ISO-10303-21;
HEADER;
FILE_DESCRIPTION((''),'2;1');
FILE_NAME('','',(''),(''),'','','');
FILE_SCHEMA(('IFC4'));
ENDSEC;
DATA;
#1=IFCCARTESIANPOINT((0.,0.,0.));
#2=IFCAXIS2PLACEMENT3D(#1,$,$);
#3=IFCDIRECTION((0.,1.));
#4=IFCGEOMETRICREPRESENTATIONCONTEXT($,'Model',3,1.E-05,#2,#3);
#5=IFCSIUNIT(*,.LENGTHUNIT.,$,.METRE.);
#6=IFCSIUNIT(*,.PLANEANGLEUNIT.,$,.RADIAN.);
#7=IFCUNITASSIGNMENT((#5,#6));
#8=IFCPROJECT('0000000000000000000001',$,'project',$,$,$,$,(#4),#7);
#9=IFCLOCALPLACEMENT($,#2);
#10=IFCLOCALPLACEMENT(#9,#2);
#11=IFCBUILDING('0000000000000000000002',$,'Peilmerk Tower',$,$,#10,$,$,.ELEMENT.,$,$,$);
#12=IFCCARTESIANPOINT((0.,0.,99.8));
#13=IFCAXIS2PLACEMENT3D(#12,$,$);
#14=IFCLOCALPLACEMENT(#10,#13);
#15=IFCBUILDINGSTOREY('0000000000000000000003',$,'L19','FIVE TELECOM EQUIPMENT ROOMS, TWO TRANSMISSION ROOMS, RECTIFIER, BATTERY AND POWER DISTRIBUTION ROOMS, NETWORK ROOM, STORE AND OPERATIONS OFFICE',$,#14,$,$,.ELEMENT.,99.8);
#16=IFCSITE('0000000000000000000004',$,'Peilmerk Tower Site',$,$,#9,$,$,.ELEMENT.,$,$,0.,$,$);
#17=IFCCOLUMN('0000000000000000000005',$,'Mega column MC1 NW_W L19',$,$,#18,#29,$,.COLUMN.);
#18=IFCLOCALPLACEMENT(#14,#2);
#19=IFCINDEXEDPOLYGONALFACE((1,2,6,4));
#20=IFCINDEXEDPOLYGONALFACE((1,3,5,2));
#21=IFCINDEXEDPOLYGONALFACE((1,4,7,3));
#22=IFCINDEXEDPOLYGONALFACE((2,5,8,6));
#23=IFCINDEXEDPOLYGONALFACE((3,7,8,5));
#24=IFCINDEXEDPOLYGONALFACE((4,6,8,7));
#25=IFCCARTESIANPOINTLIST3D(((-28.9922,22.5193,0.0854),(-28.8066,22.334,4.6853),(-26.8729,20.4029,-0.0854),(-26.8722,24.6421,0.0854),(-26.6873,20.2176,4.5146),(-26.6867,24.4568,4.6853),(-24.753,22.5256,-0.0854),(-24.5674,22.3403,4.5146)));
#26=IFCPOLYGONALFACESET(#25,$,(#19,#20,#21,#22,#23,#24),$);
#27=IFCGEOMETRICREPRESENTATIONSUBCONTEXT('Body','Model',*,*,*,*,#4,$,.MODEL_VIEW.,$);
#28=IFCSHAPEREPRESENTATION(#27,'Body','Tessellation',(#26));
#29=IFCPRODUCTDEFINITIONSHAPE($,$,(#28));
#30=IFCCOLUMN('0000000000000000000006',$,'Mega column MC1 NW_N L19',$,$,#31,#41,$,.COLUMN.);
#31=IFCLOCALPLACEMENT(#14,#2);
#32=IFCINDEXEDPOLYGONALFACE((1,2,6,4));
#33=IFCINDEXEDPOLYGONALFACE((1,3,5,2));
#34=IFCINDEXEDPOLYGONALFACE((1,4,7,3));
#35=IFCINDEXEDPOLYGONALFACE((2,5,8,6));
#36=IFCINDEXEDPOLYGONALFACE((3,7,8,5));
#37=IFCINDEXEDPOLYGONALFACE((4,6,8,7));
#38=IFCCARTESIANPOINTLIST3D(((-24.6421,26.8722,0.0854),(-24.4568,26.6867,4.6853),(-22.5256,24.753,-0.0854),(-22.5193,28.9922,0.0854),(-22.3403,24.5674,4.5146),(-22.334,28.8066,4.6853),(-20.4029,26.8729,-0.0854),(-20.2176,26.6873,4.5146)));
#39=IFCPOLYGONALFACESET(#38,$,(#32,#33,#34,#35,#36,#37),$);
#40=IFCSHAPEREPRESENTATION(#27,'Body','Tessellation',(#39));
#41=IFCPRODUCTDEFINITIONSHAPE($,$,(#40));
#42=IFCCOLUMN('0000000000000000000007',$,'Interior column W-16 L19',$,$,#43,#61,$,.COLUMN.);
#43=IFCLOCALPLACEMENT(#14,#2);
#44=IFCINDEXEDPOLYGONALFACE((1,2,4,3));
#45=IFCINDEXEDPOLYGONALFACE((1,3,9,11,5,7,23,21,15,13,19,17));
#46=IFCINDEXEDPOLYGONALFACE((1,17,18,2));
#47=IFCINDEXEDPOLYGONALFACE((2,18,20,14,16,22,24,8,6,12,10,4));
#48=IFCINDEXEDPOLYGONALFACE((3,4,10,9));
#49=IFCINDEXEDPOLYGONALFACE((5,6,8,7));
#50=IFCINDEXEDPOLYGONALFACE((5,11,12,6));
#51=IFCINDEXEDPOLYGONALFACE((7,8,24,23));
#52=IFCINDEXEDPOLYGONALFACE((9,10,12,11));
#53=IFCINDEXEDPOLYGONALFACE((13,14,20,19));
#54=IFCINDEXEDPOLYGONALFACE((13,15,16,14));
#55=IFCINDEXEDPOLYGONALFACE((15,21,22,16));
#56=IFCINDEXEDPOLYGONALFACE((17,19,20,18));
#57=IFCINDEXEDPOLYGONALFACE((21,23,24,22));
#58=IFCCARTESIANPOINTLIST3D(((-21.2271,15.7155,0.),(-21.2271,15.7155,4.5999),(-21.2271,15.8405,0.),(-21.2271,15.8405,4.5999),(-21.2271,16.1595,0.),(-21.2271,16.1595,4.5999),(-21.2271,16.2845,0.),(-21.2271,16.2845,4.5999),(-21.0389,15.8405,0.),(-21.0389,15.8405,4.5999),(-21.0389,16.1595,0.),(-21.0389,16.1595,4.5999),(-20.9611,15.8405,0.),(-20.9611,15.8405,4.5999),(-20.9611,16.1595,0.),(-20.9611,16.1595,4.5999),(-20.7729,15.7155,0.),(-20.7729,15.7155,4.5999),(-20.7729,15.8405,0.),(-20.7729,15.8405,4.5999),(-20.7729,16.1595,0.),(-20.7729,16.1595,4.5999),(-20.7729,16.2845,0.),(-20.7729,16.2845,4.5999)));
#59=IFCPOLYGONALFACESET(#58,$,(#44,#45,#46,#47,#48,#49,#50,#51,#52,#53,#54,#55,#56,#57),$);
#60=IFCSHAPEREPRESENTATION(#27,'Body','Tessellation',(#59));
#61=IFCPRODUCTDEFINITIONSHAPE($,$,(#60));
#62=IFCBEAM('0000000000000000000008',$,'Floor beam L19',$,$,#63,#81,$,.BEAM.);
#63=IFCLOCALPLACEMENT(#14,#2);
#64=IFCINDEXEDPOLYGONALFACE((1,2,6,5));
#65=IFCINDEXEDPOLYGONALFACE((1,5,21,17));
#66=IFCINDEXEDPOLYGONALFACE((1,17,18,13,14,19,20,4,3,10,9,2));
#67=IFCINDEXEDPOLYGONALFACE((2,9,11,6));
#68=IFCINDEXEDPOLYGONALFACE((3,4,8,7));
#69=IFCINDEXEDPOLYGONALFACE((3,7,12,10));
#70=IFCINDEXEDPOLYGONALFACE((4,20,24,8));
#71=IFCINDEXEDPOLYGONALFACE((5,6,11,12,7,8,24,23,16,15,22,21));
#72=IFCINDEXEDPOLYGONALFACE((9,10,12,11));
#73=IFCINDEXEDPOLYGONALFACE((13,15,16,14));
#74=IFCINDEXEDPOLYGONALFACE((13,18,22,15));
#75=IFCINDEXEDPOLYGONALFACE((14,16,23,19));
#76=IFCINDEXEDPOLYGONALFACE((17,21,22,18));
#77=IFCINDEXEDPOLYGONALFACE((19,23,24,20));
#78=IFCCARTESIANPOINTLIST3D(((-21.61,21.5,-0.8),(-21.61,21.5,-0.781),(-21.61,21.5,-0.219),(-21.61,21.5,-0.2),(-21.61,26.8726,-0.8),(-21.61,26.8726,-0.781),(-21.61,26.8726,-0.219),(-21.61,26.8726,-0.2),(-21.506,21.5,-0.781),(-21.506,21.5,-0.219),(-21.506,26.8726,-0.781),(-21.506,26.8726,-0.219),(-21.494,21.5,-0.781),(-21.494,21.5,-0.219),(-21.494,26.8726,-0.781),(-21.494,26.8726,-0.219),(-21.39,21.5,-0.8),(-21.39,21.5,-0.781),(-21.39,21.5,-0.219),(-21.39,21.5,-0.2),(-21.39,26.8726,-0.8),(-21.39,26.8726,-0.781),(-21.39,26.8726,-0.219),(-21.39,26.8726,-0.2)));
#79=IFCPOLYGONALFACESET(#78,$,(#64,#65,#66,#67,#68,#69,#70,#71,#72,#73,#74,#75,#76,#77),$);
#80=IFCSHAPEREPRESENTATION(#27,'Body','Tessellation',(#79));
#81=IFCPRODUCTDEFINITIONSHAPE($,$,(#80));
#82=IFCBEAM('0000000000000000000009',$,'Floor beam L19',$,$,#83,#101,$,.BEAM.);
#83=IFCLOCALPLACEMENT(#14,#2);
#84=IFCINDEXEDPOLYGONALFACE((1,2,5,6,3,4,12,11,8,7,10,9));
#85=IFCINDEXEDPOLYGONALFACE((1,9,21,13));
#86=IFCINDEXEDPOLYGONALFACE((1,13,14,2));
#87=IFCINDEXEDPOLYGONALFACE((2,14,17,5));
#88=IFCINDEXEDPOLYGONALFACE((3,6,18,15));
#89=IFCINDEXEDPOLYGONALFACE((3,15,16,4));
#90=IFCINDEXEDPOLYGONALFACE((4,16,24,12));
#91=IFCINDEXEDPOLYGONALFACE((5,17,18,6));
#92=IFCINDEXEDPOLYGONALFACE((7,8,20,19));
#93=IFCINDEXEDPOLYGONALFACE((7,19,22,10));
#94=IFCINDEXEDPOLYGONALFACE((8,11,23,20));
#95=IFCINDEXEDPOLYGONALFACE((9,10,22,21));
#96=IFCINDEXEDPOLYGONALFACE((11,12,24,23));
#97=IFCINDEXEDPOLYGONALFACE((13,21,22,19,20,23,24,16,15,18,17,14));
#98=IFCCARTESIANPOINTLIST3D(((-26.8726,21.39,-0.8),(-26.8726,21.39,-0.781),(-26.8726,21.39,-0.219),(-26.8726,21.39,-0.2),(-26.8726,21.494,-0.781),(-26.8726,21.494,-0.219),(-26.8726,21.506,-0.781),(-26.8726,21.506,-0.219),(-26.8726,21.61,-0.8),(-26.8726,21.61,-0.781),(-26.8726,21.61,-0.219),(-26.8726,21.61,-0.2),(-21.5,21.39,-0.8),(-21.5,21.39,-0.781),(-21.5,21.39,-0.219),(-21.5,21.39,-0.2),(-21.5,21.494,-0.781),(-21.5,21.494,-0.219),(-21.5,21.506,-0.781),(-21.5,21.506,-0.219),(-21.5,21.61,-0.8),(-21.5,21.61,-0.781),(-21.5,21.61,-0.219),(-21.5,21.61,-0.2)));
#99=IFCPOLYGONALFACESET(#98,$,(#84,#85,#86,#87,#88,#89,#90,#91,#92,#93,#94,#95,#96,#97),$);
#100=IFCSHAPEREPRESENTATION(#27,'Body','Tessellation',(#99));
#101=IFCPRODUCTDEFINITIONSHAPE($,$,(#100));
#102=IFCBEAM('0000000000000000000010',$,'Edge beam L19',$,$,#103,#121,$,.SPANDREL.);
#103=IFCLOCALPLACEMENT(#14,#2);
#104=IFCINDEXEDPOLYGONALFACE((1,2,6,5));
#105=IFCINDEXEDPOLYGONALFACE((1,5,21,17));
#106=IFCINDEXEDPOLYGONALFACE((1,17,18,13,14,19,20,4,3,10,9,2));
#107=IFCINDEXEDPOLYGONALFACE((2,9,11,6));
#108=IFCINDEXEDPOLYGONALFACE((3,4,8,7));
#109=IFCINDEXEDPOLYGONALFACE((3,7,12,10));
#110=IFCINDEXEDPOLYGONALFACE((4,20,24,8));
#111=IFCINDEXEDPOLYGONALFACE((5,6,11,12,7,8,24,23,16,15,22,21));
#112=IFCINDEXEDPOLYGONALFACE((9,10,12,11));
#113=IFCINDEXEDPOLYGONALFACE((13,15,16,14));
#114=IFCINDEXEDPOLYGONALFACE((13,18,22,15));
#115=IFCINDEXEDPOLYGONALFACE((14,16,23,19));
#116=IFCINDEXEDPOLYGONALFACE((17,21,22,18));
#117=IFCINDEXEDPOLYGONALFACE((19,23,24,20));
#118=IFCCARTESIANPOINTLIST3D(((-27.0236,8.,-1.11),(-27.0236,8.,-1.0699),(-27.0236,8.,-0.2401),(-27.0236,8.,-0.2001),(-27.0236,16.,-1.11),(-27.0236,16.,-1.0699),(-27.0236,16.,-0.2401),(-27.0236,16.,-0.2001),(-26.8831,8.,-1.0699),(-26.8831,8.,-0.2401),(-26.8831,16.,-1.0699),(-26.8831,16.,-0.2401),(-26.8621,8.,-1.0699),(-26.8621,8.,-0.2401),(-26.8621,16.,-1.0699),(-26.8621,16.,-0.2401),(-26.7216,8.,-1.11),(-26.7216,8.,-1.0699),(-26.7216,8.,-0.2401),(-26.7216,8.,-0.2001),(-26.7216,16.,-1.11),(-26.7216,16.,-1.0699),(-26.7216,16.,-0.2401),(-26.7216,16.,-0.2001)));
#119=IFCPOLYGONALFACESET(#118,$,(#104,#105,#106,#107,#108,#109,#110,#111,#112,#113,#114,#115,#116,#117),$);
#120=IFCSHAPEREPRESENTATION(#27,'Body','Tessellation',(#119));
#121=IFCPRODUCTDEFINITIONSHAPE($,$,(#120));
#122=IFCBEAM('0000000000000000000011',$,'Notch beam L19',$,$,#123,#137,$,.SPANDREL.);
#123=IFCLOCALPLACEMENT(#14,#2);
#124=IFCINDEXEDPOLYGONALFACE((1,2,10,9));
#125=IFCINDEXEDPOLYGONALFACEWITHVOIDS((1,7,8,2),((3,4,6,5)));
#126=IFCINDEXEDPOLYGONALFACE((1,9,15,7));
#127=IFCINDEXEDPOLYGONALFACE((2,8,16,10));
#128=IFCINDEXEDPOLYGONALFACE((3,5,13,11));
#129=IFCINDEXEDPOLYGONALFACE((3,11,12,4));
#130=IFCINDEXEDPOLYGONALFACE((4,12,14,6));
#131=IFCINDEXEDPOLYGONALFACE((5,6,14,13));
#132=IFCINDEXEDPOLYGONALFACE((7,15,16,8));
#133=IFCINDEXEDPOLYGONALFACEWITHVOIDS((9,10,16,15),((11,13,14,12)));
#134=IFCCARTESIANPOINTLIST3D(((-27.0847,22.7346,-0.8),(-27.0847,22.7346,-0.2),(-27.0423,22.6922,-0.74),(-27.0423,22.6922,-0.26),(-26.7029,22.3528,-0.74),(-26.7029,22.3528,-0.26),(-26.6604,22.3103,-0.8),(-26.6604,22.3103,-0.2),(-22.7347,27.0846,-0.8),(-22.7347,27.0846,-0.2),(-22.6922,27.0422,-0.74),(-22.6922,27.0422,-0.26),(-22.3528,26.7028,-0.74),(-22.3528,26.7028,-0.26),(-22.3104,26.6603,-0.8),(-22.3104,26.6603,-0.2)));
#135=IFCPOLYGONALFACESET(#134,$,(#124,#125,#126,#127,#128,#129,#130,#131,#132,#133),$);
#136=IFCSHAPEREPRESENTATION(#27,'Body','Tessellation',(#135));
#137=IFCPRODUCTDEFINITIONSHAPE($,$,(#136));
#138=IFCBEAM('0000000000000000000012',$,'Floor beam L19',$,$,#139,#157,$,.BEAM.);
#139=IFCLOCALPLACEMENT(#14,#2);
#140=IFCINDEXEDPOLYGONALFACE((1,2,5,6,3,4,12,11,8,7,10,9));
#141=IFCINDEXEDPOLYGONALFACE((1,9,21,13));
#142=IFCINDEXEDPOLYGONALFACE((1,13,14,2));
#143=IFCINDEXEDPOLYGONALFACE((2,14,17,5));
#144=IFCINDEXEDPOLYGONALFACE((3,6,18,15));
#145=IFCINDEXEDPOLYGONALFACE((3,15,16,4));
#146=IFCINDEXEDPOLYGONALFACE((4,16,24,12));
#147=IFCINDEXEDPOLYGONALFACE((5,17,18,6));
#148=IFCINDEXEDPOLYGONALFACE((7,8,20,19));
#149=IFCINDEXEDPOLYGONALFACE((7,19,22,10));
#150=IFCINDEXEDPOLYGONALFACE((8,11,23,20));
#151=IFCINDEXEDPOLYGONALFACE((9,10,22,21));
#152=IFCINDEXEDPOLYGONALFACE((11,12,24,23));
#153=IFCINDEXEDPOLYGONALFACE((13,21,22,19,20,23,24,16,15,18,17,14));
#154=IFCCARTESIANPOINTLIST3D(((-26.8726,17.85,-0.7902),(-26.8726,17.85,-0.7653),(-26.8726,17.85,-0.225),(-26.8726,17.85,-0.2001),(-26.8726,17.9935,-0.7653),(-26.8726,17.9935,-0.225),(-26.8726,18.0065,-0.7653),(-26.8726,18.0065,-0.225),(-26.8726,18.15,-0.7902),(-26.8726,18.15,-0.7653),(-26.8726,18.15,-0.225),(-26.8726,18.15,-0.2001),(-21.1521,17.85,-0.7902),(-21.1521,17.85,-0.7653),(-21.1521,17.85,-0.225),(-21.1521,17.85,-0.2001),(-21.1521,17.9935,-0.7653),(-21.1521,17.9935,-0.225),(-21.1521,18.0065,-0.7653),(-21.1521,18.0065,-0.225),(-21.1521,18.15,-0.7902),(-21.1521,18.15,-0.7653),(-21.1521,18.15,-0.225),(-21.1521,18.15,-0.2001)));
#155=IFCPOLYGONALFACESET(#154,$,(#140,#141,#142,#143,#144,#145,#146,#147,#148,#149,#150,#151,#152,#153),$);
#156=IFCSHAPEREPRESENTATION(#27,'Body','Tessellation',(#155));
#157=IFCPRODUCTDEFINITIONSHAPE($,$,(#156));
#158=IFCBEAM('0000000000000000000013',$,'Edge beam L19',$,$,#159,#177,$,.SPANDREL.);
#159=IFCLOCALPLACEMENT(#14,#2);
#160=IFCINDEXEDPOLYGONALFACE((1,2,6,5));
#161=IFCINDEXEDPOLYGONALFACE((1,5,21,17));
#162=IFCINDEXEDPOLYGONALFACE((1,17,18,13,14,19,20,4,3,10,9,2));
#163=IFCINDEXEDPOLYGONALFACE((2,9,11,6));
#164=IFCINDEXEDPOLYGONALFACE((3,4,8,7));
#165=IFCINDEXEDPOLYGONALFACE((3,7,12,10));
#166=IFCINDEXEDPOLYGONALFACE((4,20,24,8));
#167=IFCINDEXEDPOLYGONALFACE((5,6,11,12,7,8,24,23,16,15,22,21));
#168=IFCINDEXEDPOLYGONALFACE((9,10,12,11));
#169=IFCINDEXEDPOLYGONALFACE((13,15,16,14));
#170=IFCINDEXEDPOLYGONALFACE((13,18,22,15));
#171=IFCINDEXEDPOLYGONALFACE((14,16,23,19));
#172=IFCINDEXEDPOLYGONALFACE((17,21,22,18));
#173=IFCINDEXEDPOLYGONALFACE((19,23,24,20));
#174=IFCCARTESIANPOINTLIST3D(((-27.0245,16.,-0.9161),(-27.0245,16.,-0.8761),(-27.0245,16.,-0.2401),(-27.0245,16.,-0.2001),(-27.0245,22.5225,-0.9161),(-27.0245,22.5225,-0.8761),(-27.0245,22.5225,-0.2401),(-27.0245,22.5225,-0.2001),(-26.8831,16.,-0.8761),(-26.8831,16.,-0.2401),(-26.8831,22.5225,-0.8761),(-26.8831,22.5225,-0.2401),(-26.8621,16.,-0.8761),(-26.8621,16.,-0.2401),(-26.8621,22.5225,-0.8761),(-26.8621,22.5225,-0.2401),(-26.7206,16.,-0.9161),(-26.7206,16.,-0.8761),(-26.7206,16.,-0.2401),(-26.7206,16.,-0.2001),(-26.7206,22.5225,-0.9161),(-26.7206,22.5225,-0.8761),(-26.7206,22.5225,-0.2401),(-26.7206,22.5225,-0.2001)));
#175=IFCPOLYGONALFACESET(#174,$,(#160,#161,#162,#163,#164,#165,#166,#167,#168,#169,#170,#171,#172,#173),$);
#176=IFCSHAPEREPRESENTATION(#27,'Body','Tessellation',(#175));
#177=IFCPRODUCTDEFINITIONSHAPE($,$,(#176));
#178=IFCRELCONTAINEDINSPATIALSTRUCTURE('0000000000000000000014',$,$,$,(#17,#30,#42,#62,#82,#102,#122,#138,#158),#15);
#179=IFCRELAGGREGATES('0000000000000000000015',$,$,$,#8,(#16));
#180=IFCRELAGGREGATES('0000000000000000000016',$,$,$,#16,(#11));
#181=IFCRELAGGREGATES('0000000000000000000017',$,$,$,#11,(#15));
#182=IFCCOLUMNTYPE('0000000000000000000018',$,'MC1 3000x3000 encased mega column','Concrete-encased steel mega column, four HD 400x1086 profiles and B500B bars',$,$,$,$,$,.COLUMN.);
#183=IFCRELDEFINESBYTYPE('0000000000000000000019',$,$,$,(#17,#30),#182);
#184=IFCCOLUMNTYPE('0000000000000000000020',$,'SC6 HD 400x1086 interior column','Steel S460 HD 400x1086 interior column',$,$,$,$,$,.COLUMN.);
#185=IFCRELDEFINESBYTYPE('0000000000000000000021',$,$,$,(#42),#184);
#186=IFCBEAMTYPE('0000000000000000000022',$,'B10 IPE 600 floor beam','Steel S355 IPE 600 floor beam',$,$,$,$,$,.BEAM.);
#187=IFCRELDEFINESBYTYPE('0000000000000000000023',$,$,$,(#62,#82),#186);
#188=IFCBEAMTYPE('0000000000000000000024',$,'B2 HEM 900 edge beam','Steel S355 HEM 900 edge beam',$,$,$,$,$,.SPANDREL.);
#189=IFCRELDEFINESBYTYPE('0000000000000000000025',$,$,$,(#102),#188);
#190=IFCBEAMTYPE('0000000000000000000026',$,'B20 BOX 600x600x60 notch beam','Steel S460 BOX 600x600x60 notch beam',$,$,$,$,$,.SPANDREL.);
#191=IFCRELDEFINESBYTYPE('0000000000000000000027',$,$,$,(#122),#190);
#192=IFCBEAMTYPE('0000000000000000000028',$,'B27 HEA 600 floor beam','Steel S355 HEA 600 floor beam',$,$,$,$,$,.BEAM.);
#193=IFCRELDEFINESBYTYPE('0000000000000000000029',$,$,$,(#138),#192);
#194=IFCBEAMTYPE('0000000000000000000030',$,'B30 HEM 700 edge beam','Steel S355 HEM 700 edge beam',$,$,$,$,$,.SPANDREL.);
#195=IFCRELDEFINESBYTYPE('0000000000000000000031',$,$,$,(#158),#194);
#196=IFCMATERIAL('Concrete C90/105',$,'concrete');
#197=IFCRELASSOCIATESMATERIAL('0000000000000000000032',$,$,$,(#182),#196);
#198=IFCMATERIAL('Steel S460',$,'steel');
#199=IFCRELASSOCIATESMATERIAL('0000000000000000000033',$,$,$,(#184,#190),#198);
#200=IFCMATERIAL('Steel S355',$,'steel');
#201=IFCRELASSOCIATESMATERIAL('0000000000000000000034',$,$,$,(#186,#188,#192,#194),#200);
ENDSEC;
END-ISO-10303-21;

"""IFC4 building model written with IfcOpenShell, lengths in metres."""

from ifc_helpers import new_model, si_unit, direction, frame, origin, origin_2d, place, context, subcontext, project, spatial, rectangle, hollow_rectangle, i_section, extrude, material, material_profile, profile_set, type_object, element, save


model = new_model("IFC4")

# Units and contexts
model_context = context("Model", 3, precision=1e-05, world=origin(), true_north=direction((0.0, 1.0)))
body_context = subcontext(model_context, "Body", "Model", "MODEL_VIEW")
ifc_project = project(units=[si_unit("LENGTHUNIT", "METRE"), si_unit("PLANEANGLEUNIT", "RADIAN")], contexts=[model_context])

# Site, building, storey
site_placement = place(None, origin())
site = spatial("IfcSite", under=ifc_project, at=site_placement, Name="Peilmerk Tower Site", CompositionType="ELEMENT", RefElevation=0.0)
building_placement = place(site_placement, origin())
building = spatial("IfcBuilding", under=site, at=building_placement, Name="Peilmerk Tower", CompositionType="ELEMENT")
storey_placement = place(building_placement, frame((0.0, 0.0, 99.8)))
storey = spatial("IfcBuildingStorey", under=building, at=storey_placement, Name="L19", Description="FIVE TELECOM EQUIPMENT ROOMS, TWO TRANSMISSION ROOMS, RECTIFIER, BATTERY AND POWER DISTRIBUTION ROOMS, NETWORK ROOM, STORE AND OPERATIONS OFFICE", CompositionType="ELEMENT", Elevation=99.8)

# Columns
ifc_material_1 = material(Name="Concrete C90/105", Category="concrete")
ifc_material_profile_1 = material_profile(ifc_material_1, rectangle(XDim=3.0, YDim=3.0, at=origin_2d()), Name="RC 3000x3000")
ifc_profile_set_1 = profile_set([ifc_material_profile_1], Name="Concrete C90/105")
column_type_1 = type_object("IfcColumnType", Name="MC1 3000x3000 encased mega column", Description="Concrete-encased steel mega column, four HD 400x1086 profiles and B500B bars", PredefinedType="COLUMN", material=ifc_profile_set_1)
for number, where, z_axis, x_axis, name in (
    (1, (-26.8726, 22.5225, 0.0), (0.040272, -0.040219, 0.998379), (0.706641, 0.707572, 0.0), "Mega column MC1 NW_W L19"),
    (2, (-22.5225, 26.8726, 0.0), (0.040219, -0.040272, 0.998379), (0.707572, 0.706641, 0.0), "Mega column MC1 NW_N L19"),
):
    element("IfcColumn", number, at=place(storey_placement, frame(where, z_axis=z_axis, x_axis=x_axis)), inside=storey, type_object=column_type_1, Name=name, PredefinedType="COLUMN", context=body_context, shape_type="SweptSolid", body=[
        extrude(rectangle(XDim=3.0, YDim=3.0, at=origin_2d()), origin(), (0.0, 0.0, 1.0), 4.6074),
    ])
ifc_material_2 = material(Name="Steel S460", Category="steel")
ifc_material_profile_2 = material_profile(ifc_material_2, i_section(OverallWidth=0.4541, OverallDepth=0.5691, WebThickness=0.0779, FlangeThickness=0.125, at=origin_2d()), Name="HD 400x1086")
ifc_profile_set_2 = profile_set([ifc_material_profile_2], Name="Steel S460")
column_type_2 = type_object("IfcColumnType", Name="SC6 HD 400x1086 interior column", Description="Steel S460 HD 400x1086 interior column", PredefinedType="COLUMN", material=ifc_profile_set_2)
column_placement = place(storey_placement, frame((-21.0, 16.0, 0.0), z_axis=(0.0, 0.0, 1.0), x_axis=(1.0, 0.0, 0.0)))
element("IfcColumn", 3, at=column_placement, inside=storey, type_object=column_type_2, Name="Interior column W-16 L19", PredefinedType="COLUMN", context=body_context, shape_type="SweptSolid", body=[
    extrude(i_section(OverallWidth=0.4541, OverallDepth=0.5691, WebThickness=0.0779, FlangeThickness=0.125, at=origin_2d()), origin(), (0.0, 0.0, 1.0), 4.5999),
])

# Beams
ifc_material_3 = material(Name="Steel S355", Category="steel")
ifc_material_profile_3 = material_profile(ifc_material_3, i_section(OverallWidth=0.22, OverallDepth=0.6001, WebThickness=0.012, FlangeThickness=0.019, at=origin_2d()), Name="IPE 600")
ifc_profile_set_3 = profile_set([ifc_material_profile_3], Name="Steel S355")
beam_type_1 = type_object("IfcBeamType", Name="B10 IPE 600 floor beam", Description="Steel S355 IPE 600 floor beam", PredefinedType="BEAM", material=ifc_profile_set_3)
for number, where, z_axis, x_axis, name in (
    (4, (-21.5, 21.5, -0.5), (0.0, 1.0, 0.0), (-1.0, 0.0, 0.0), "Floor beam L19"),
    (5, (-21.5, 21.5, -0.5), (-1.0, 0.0, 0.0), (0.0, -1.0, 0.0), "Floor beam L19"),
):
    element("IfcBeam", number, at=place(storey_placement, frame(where, z_axis=z_axis, x_axis=x_axis)), inside=storey, type_object=beam_type_1, Name=name, PredefinedType="BEAM", context=body_context, shape_type="SweptSolid", body=[
        extrude(i_section(OverallWidth=0.22, OverallDepth=0.6001, WebThickness=0.012, FlangeThickness=0.019, at=origin_2d()), origin(), (0.0, 0.0, 1.0), 5.3726),
    ])
ifc_material_profile_4 = material_profile(ifc_material_3, i_section(OverallWidth=0.302, OverallDepth=0.9099, WebThickness=0.021, FlangeThickness=0.04, at=origin_2d()), Name="HEM 900")
ifc_profile_set_4 = profile_set([ifc_material_profile_4], Name="Steel S355")
beam_type_2 = type_object("IfcBeamType", Name="B2 HEM 900 edge beam", Description="Steel S355 HEM 900 edge beam", PredefinedType="SPANDREL", material=ifc_profile_set_4)
beam_1_placement = place(storey_placement, frame((-26.8726, 16.0, -0.655), z_axis=(0.0, -1.0, 0.0), x_axis=(1.0, 0.0, 0.0)))
element("IfcBeam", 6, at=beam_1_placement, inside=storey, type_object=beam_type_2, Name="Edge beam L19", PredefinedType="SPANDREL", context=body_context, shape_type="SweptSolid", body=[
    extrude(i_section(OverallWidth=0.302, OverallDepth=0.9099, WebThickness=0.021, FlangeThickness=0.04, at=origin_2d()), origin(), (0.0, 0.0, 1.0), 8.0),
])
ifc_material_profile_5 = material_profile(ifc_material_2, hollow_rectangle(XDim=0.6001, YDim=0.6001, WallThickness=0.0601, at=origin_2d()), Name="BOX 600x600x60")
ifc_profile_set_5 = profile_set([ifc_material_profile_5], Name="Steel S460")
beam_type_3 = type_object("IfcBeamType", Name="B20 BOX 600x600x60 notch beam", Description="Steel S460 BOX 600x600x60 notch beam", PredefinedType="SPANDREL", material=ifc_profile_set_5)
beam_2_placement = place(storey_placement, frame((-26.8726, 22.5225, -0.5), z_axis=(0.707107, 0.707107, 0.0), x_axis=(-0.707107, 0.707107, 0.0)))
element("IfcBeam", 7, at=beam_2_placement, inside=storey, type_object=beam_type_3, Name="Notch beam L19", PredefinedType="SPANDREL", context=body_context, shape_type="SweptSolid", body=[
    extrude(hollow_rectangle(XDim=0.6001, YDim=0.6001, WallThickness=0.0601, at=origin_2d()), origin(), (0.0, 0.0, 1.0), 6.1519),
])
ifc_material_profile_6 = material_profile(ifc_material_3, i_section(OverallWidth=0.3, OverallDepth=0.5901, WebThickness=0.0129, FlangeThickness=0.0249, at=origin_2d()), Name="HEA 600")
ifc_profile_set_6 = profile_set([ifc_material_profile_6], Name="Steel S355")
beam_type_4 = type_object("IfcBeamType", Name="B27 HEA 600 floor beam", Description="Steel S355 HEA 600 floor beam", PredefinedType="BEAM", material=ifc_profile_set_6)
beam_3_placement = place(storey_placement, frame((-21.1521, 18.0, -0.4951), z_axis=(-1.0, 0.0, 0.0), x_axis=(0.0, -1.0, 0.0)))
element("IfcBeam", 8, at=beam_3_placement, inside=storey, type_object=beam_type_4, Name="Floor beam L19", PredefinedType="BEAM", context=body_context, shape_type="SweptSolid", body=[
    extrude(i_section(OverallWidth=0.3, OverallDepth=0.5901, WebThickness=0.0129, FlangeThickness=0.0249, at=origin_2d()), origin(), (0.0, 0.0, 1.0), 5.7205),
])
ifc_material_profile_7 = material_profile(ifc_material_3, i_section(OverallWidth=0.304, OverallDepth=0.7161, WebThickness=0.021, FlangeThickness=0.04, at=origin_2d()), Name="HEM 700")
ifc_profile_set_7 = profile_set([ifc_material_profile_7], Name="Steel S355")
beam_type_5 = type_object("IfcBeamType", Name="B30 HEM 700 edge beam", Description="Steel S355 HEM 700 edge beam", PredefinedType="SPANDREL", material=ifc_profile_set_7)
beam_4_placement = place(storey_placement, frame((-26.8726, 22.5225, -0.5581), z_axis=(0.0, -1.0, 0.0), x_axis=(1.0, 0.0, 0.0)))
element("IfcBeam", 9, at=beam_4_placement, inside=storey, type_object=beam_type_5, Name="Edge beam L19", PredefinedType="SPANDREL", context=body_context, shape_type="SweptSolid", body=[
    extrude(i_section(OverallWidth=0.304, OverallDepth=0.7161, WebThickness=0.021, FlangeThickness=0.04, at=origin_2d()), origin(), (0.0, 0.0, 1.0), 6.5225),
])

save(model, "model.ifc")
